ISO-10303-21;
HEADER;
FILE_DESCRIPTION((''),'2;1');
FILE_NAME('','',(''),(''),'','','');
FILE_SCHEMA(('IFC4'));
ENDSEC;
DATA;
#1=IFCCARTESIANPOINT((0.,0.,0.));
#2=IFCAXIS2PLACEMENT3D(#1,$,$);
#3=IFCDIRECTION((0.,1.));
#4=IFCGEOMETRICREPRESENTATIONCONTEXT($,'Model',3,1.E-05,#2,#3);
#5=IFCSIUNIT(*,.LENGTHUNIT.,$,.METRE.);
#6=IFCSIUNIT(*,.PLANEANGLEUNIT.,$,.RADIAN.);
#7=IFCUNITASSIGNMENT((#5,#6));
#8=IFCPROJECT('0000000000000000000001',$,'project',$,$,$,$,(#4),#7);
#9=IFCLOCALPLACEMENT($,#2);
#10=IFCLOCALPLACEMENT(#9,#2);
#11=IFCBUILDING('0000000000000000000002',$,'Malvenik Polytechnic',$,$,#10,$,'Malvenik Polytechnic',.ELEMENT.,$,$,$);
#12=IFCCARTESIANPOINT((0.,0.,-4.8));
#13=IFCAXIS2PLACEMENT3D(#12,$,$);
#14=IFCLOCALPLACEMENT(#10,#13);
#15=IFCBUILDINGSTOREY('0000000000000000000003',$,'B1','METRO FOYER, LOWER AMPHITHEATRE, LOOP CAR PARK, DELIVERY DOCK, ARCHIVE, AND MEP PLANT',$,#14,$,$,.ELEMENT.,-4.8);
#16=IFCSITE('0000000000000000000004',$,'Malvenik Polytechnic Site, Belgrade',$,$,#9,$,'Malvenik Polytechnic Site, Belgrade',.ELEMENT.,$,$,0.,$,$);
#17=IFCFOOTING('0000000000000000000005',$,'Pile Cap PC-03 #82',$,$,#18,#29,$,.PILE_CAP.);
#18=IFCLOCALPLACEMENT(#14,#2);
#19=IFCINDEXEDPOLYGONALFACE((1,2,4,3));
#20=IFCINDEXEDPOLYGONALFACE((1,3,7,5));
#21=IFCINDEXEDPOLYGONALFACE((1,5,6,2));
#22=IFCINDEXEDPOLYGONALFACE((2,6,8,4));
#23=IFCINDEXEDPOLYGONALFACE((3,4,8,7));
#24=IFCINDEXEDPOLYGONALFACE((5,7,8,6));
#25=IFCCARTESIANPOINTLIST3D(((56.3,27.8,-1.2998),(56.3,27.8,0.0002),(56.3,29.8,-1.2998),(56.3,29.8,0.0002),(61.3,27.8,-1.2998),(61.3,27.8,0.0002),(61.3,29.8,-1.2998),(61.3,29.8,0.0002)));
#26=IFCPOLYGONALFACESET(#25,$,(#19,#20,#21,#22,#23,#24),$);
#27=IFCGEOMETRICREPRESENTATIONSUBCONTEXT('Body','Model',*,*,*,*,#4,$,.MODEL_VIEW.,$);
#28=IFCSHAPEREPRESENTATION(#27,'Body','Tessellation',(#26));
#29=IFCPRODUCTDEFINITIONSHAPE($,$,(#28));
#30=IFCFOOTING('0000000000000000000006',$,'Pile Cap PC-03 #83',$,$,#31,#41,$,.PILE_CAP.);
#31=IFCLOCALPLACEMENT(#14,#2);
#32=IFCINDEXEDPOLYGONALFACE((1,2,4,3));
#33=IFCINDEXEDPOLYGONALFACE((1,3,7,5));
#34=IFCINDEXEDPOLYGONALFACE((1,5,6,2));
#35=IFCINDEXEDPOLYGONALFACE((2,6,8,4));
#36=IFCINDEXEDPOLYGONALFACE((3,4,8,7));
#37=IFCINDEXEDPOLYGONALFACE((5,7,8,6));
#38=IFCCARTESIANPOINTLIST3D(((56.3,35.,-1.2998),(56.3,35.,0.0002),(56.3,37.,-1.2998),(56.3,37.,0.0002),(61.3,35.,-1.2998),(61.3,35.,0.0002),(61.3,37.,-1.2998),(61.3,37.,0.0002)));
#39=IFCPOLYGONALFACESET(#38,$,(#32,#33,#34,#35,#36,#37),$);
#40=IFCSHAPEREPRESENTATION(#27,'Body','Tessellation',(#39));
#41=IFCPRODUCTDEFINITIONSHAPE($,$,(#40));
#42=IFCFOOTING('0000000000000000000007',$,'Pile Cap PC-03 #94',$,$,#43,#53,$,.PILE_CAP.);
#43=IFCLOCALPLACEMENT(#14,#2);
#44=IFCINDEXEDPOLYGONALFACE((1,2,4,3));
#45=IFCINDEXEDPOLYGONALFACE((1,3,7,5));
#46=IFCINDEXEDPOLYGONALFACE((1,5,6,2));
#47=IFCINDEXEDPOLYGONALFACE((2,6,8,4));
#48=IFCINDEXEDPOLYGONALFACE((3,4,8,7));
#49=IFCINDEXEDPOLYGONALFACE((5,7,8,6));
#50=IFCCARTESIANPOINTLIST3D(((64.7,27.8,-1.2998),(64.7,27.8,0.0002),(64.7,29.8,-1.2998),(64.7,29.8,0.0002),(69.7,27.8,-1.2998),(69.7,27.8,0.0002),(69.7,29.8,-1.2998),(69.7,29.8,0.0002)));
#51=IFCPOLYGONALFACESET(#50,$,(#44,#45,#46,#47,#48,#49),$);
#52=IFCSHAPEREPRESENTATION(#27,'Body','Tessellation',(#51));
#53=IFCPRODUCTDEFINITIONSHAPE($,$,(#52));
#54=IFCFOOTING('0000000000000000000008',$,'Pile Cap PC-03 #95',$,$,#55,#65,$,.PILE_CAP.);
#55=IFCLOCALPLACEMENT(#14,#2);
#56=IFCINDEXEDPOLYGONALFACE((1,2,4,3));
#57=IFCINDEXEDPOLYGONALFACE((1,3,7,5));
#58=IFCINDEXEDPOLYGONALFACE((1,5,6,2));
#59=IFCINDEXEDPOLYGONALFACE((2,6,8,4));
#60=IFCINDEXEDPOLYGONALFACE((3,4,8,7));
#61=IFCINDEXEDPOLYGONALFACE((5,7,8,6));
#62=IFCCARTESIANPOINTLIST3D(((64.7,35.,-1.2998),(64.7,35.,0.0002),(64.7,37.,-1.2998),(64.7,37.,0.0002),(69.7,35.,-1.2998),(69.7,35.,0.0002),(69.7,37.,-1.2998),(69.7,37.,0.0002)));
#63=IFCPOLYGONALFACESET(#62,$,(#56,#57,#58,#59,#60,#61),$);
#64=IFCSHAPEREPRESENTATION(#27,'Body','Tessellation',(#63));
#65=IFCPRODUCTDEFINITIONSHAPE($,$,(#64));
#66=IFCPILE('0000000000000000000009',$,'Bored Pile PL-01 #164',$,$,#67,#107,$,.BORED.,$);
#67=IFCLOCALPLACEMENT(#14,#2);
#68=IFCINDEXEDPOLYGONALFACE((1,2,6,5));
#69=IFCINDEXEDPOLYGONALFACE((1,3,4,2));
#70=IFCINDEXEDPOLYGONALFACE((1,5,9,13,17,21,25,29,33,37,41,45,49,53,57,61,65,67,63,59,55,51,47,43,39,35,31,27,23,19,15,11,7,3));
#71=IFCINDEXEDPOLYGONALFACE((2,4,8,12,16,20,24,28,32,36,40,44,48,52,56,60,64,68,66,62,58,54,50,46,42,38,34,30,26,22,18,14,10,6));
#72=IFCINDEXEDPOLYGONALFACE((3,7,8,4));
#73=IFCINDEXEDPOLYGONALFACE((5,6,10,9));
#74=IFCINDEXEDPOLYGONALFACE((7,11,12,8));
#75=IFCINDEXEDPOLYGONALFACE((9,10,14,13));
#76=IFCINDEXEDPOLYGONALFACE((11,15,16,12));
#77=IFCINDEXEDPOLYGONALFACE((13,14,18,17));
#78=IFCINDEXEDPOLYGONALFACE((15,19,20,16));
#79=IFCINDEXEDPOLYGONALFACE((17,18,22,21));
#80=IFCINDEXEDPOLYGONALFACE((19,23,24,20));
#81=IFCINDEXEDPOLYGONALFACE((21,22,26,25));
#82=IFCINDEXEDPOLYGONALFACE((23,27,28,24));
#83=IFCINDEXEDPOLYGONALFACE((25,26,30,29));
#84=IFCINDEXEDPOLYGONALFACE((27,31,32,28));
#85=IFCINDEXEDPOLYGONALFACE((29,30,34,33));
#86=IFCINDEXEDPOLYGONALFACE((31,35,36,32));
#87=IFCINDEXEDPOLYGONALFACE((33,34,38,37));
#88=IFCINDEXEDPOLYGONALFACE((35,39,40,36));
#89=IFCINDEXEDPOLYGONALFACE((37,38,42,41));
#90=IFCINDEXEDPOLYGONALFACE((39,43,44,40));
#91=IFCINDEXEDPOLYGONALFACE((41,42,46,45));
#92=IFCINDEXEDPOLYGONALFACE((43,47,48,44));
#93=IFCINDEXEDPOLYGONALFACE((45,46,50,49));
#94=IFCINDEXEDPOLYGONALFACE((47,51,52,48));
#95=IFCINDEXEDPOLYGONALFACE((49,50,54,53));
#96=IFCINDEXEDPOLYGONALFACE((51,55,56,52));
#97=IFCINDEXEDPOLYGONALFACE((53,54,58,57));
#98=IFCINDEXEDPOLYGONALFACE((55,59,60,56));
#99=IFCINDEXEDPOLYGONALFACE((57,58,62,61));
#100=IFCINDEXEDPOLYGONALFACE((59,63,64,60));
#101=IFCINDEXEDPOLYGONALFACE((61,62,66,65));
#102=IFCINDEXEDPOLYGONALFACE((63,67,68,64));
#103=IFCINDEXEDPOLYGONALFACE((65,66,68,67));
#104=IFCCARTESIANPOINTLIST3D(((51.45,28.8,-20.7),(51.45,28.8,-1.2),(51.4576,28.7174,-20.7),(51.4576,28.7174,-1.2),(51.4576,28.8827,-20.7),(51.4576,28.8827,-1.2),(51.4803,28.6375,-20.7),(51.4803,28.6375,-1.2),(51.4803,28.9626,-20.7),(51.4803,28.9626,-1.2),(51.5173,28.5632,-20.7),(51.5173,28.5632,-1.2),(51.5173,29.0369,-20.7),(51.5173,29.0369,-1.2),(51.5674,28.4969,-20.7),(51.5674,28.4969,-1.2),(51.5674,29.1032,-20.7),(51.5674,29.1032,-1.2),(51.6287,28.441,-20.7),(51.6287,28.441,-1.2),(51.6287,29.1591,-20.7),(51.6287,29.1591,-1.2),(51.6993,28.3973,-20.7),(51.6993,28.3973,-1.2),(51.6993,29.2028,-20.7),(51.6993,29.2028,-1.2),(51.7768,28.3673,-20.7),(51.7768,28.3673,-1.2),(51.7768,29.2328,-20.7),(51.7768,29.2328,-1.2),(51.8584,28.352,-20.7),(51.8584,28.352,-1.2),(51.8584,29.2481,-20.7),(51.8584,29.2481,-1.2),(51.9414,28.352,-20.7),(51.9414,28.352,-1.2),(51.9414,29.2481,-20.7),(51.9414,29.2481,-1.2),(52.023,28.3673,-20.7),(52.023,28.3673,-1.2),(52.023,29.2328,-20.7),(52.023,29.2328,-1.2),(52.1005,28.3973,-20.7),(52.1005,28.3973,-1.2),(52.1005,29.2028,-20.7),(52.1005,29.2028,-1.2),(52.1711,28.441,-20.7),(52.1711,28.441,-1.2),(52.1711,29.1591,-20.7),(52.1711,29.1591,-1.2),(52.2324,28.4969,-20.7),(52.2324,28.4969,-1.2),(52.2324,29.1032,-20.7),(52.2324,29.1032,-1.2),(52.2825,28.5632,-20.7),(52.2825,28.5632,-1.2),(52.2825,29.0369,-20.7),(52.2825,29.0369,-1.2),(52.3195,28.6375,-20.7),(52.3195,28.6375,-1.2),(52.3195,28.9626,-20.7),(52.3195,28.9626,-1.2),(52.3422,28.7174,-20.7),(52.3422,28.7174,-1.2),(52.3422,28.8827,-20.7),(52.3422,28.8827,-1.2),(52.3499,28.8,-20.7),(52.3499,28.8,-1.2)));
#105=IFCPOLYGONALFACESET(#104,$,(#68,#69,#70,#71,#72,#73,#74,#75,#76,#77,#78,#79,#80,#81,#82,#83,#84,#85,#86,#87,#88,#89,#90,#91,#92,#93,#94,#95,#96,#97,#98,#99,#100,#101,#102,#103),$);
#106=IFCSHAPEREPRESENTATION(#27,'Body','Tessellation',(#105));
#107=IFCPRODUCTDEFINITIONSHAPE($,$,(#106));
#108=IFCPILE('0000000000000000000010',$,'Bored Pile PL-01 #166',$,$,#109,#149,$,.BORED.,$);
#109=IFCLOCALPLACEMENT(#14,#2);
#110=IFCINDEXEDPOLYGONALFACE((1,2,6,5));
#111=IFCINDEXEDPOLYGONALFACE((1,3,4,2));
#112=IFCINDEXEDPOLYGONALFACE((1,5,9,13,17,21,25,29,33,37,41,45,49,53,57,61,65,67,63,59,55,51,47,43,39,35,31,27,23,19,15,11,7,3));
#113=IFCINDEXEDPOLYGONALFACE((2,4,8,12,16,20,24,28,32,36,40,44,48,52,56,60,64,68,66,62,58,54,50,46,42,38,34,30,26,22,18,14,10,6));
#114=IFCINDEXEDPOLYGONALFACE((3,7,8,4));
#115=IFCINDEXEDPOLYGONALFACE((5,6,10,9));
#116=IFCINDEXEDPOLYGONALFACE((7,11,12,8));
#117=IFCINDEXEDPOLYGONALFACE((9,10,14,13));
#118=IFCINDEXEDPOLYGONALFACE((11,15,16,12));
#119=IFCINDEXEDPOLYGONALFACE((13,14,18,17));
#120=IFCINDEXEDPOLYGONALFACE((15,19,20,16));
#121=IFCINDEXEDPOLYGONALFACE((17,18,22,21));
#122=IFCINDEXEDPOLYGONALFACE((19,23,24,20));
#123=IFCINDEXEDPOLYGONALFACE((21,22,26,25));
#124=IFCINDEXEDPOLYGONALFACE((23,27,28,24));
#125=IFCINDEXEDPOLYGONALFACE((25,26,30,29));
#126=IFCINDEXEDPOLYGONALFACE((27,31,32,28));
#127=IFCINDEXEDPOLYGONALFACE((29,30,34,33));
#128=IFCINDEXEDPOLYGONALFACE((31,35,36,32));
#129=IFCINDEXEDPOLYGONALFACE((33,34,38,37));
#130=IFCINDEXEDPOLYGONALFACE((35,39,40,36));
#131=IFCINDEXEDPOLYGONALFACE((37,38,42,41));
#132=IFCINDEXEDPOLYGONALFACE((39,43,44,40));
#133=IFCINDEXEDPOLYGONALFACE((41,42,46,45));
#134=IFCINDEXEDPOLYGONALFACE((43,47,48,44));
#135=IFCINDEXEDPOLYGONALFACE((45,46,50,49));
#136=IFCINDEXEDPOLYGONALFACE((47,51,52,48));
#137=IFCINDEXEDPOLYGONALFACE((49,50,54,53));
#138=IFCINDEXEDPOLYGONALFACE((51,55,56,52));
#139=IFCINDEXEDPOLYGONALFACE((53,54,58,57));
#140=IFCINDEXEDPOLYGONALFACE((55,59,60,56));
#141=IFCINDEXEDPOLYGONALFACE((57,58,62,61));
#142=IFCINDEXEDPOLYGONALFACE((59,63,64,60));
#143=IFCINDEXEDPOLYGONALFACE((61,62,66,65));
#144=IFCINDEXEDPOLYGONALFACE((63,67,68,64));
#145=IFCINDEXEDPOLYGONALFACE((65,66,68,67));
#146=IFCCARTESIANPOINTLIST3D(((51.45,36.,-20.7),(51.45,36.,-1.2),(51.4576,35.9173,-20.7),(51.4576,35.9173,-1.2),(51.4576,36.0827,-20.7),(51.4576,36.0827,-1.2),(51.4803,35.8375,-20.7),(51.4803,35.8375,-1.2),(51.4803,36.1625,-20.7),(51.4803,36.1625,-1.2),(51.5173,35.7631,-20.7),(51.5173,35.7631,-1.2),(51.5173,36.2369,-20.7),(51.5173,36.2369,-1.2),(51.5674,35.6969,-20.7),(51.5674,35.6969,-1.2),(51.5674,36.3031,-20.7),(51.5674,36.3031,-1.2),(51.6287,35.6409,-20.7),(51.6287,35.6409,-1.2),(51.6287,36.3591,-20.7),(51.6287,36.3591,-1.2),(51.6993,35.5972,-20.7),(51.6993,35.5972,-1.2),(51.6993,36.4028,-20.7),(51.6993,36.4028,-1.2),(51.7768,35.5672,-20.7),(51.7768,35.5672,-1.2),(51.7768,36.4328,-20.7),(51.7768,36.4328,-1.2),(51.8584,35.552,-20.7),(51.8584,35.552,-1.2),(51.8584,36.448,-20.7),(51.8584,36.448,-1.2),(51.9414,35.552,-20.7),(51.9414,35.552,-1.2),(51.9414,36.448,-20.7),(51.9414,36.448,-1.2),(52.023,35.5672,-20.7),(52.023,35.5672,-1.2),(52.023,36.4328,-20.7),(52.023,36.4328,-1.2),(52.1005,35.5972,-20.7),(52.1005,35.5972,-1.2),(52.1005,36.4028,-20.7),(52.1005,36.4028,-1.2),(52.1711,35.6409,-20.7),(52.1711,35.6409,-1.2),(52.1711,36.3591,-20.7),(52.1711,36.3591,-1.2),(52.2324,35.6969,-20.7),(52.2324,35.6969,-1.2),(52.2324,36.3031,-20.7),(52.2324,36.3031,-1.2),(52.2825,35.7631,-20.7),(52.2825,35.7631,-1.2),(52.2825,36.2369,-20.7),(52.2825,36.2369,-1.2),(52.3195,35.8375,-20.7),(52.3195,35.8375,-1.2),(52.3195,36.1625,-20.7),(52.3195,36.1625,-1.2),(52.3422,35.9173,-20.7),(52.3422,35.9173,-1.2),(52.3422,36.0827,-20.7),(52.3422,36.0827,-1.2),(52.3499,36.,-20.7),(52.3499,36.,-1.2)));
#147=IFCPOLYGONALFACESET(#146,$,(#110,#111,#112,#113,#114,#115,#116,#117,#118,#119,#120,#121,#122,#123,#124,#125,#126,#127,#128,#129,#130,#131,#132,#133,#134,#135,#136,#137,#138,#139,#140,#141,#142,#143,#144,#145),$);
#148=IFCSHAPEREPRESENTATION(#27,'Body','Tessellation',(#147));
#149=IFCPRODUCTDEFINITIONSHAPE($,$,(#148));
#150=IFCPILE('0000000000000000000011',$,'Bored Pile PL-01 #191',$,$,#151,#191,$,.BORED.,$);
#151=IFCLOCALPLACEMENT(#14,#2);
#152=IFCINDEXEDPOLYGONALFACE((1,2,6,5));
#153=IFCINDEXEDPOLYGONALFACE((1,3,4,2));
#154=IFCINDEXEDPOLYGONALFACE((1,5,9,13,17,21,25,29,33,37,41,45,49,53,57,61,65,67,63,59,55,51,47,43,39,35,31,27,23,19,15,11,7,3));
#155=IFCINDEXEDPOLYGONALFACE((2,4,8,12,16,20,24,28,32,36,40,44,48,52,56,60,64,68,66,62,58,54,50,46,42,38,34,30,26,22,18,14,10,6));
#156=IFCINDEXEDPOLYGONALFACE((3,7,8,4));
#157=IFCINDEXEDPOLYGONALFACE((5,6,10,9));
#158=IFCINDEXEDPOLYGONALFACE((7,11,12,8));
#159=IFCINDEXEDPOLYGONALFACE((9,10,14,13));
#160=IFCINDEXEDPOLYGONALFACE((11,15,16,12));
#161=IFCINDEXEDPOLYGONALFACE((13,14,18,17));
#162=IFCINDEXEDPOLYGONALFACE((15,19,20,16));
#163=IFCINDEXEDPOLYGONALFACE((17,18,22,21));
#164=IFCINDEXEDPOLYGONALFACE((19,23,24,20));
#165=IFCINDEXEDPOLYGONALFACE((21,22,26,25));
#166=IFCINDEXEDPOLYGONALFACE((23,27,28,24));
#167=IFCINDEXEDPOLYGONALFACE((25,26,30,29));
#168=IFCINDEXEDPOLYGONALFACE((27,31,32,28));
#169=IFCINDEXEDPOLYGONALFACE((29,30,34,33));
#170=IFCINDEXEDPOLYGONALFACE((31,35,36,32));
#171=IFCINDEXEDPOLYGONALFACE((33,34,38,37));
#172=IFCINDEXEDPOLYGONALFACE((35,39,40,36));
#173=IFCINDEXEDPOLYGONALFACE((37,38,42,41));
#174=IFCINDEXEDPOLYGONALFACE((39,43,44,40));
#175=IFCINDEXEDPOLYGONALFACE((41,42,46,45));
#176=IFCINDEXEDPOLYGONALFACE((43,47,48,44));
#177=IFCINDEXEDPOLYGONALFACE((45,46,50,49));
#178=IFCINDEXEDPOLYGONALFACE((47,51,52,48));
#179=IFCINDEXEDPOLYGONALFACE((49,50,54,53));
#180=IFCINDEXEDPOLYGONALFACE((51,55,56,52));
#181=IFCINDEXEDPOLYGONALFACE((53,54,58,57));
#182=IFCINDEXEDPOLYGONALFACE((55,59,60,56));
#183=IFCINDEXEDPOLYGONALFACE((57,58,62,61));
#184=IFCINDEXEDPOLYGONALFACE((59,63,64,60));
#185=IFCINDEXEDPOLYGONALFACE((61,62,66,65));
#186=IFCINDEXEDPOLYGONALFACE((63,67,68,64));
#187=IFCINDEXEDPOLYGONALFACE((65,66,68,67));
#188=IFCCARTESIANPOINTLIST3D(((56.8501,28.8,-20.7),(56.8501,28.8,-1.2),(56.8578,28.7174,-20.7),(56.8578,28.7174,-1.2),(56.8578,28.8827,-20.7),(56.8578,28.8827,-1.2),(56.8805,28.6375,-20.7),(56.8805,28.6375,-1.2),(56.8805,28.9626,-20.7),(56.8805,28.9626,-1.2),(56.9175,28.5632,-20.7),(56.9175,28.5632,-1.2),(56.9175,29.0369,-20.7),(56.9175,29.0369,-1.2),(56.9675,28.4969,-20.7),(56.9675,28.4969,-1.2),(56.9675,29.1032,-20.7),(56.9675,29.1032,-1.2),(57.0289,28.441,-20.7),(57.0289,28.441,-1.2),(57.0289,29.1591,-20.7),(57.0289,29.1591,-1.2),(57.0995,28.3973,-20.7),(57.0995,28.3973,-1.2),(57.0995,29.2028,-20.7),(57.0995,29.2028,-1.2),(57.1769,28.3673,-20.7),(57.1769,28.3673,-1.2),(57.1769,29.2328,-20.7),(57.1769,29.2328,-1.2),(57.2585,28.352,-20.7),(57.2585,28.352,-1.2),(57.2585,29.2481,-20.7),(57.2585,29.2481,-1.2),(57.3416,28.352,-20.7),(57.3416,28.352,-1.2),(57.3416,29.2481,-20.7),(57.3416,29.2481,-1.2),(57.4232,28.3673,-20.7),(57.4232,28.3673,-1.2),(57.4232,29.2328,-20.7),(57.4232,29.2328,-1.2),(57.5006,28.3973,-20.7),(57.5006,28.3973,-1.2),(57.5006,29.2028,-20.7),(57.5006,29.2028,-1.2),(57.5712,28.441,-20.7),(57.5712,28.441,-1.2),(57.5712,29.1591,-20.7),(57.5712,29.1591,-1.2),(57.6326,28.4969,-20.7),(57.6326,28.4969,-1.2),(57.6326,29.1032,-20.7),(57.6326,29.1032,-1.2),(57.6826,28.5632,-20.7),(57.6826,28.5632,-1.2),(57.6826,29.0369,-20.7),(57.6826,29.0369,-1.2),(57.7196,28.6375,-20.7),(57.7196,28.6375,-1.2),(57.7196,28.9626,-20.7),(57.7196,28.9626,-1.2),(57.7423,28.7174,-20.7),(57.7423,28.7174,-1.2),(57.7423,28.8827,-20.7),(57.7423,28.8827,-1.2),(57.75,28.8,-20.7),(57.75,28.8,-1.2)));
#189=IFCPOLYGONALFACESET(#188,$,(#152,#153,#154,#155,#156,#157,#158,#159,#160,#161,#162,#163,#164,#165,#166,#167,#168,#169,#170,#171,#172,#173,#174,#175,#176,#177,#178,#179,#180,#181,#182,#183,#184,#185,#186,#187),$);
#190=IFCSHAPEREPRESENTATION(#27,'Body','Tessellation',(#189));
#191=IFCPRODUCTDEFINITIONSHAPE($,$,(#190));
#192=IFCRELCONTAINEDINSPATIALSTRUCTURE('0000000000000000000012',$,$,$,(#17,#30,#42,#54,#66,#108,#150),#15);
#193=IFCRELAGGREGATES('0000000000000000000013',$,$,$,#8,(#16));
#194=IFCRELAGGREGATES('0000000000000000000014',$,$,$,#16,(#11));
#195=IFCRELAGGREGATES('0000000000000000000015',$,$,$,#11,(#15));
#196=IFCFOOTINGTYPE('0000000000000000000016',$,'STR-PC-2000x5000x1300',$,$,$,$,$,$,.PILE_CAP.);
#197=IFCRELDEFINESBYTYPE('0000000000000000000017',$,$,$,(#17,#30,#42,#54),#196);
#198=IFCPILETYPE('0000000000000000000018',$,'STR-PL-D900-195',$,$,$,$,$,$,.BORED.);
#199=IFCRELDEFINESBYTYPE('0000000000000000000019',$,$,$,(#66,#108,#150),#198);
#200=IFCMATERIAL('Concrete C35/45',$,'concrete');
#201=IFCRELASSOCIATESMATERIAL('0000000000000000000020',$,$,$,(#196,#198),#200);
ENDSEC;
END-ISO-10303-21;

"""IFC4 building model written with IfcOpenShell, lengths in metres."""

from ifc_helpers import new_model, si_unit, direction, frame, origin, origin_2d, place, context, subcontext, project, spatial, rectangle, circle, extrude, material, material_profile, profile_set, type_object, element, save


model = new_model("IFC4")

# Units and contexts
model_context = context("Model", 3, precision=1e-05, world=origin(), true_north=direction((0.0, 1.0)))
body_context = subcontext(model_context, "Body", "Model", "MODEL_VIEW")
ifc_project = project(units=[si_unit("LENGTHUNIT", "METRE"), si_unit("PLANEANGLEUNIT", "RADIAN")], contexts=[model_context])

# Site, building, storey
site_placement = place(None, origin())
site = spatial("IfcSite", under=ifc_project, at=site_placement, Name="Malvenik Polytechnic Site, Belgrade", LongName="Malvenik Polytechnic Site, Belgrade", CompositionType="ELEMENT", RefElevation=0.0)
building_placement = place(site_placement, origin())
building = spatial("IfcBuilding", under=site, at=building_placement, Name="Malvenik Polytechnic", LongName="Malvenik Polytechnic", CompositionType="ELEMENT")
storey_placement = place(building_placement, frame((0.0, 0.0, -4.8)))
storey = spatial("IfcBuildingStorey", under=building, at=storey_placement, Name="B1", Description="METRO FOYER, LOWER AMPHITHEATRE, LOOP CAR PARK, DELIVERY DOCK, ARCHIVE, AND MEP PLANT", CompositionType="ELEMENT", Elevation=-4.8)

# Footings
ifc_material_1 = material(Name="Concrete C35/45", Category="concrete")
footing_type = type_object("IfcFootingType", Name="STR-PC-2000x5000x1300", PredefinedType="PILE_CAP", material=ifc_material_1)
for number, where, z_axis, x_axis, name in (
    (1, (58.8, 28.8, -1.2998), (0.0, 0.0, 1.0), (1.0, 0.0, 0.0), "Pile Cap PC-03 #82"),
    (2, (58.8, 36.0, -1.2998), (0.0, 0.0, 1.0), (1.0, 0.0, 0.0), "Pile Cap PC-03 #83"),
    (3, (67.2, 28.8, -1.2998), (0.0, 0.0, 1.0), (1.0, 0.0, 0.0), "Pile Cap PC-03 #94"),
    (4, (67.2, 36.0, -1.2998), (0.0, 0.0, 1.0), (1.0, 0.0, 0.0), "Pile Cap PC-03 #95"),
):
    element("IfcFooting", number, at=place(storey_placement, frame(where, z_axis=z_axis, x_axis=x_axis)), inside=storey, type_object=footing_type, Name=name, PredefinedType="PILE_CAP", context=body_context, shape_type="SweptSolid", body=[
        extrude(rectangle(XDim=5.0, YDim=2.0, at=origin_2d()), origin(), (0.0, 0.0, 1.0), 1.3),
    ])

# Piles
ifc_material_profile_1 = material_profile(ifc_material_1, circle(Radius=0.45, at=origin_2d()), Name="BORED PILE D900")
ifc_profile_set_1 = profile_set([ifc_material_profile_1], Name="Concrete C35/45")
pile_type = type_object("IfcPileType", Name="STR-PL-D900-195", PredefinedType="BORED", material=ifc_profile_set_1)
for number, where, z_axis, x_axis, name in (
    (5, (51.8999, 28.8, -1.2), (0.0, 0.0, -1.0), (1.0, 0.0, 0.0), "Bored Pile PL-01 #164"),
    (6, (51.8999, 36.0, -1.2), (0.0, 0.0, -1.0), (1.0, 0.0, 0.0), "Bored Pile PL-01 #166"),
    (7, (57.3, 28.8, -1.2), (0.0, 0.0, -1.0), (1.0, 0.0, 0.0), "Bored Pile PL-01 #191"),
):
    element("IfcPile", number, at=place(storey_placement, frame(where, z_axis=z_axis, x_axis=x_axis)), inside=storey, type_object=pile_type, Name=name, PredefinedType="BORED", context=body_context, shape_type="SweptSolid", body=[
        extrude(circle(Radius=0.45, at=origin_2d()), origin(), (0.0, 0.0, 1.0), 19.5),
    ])

save(model, "model.ifc")
